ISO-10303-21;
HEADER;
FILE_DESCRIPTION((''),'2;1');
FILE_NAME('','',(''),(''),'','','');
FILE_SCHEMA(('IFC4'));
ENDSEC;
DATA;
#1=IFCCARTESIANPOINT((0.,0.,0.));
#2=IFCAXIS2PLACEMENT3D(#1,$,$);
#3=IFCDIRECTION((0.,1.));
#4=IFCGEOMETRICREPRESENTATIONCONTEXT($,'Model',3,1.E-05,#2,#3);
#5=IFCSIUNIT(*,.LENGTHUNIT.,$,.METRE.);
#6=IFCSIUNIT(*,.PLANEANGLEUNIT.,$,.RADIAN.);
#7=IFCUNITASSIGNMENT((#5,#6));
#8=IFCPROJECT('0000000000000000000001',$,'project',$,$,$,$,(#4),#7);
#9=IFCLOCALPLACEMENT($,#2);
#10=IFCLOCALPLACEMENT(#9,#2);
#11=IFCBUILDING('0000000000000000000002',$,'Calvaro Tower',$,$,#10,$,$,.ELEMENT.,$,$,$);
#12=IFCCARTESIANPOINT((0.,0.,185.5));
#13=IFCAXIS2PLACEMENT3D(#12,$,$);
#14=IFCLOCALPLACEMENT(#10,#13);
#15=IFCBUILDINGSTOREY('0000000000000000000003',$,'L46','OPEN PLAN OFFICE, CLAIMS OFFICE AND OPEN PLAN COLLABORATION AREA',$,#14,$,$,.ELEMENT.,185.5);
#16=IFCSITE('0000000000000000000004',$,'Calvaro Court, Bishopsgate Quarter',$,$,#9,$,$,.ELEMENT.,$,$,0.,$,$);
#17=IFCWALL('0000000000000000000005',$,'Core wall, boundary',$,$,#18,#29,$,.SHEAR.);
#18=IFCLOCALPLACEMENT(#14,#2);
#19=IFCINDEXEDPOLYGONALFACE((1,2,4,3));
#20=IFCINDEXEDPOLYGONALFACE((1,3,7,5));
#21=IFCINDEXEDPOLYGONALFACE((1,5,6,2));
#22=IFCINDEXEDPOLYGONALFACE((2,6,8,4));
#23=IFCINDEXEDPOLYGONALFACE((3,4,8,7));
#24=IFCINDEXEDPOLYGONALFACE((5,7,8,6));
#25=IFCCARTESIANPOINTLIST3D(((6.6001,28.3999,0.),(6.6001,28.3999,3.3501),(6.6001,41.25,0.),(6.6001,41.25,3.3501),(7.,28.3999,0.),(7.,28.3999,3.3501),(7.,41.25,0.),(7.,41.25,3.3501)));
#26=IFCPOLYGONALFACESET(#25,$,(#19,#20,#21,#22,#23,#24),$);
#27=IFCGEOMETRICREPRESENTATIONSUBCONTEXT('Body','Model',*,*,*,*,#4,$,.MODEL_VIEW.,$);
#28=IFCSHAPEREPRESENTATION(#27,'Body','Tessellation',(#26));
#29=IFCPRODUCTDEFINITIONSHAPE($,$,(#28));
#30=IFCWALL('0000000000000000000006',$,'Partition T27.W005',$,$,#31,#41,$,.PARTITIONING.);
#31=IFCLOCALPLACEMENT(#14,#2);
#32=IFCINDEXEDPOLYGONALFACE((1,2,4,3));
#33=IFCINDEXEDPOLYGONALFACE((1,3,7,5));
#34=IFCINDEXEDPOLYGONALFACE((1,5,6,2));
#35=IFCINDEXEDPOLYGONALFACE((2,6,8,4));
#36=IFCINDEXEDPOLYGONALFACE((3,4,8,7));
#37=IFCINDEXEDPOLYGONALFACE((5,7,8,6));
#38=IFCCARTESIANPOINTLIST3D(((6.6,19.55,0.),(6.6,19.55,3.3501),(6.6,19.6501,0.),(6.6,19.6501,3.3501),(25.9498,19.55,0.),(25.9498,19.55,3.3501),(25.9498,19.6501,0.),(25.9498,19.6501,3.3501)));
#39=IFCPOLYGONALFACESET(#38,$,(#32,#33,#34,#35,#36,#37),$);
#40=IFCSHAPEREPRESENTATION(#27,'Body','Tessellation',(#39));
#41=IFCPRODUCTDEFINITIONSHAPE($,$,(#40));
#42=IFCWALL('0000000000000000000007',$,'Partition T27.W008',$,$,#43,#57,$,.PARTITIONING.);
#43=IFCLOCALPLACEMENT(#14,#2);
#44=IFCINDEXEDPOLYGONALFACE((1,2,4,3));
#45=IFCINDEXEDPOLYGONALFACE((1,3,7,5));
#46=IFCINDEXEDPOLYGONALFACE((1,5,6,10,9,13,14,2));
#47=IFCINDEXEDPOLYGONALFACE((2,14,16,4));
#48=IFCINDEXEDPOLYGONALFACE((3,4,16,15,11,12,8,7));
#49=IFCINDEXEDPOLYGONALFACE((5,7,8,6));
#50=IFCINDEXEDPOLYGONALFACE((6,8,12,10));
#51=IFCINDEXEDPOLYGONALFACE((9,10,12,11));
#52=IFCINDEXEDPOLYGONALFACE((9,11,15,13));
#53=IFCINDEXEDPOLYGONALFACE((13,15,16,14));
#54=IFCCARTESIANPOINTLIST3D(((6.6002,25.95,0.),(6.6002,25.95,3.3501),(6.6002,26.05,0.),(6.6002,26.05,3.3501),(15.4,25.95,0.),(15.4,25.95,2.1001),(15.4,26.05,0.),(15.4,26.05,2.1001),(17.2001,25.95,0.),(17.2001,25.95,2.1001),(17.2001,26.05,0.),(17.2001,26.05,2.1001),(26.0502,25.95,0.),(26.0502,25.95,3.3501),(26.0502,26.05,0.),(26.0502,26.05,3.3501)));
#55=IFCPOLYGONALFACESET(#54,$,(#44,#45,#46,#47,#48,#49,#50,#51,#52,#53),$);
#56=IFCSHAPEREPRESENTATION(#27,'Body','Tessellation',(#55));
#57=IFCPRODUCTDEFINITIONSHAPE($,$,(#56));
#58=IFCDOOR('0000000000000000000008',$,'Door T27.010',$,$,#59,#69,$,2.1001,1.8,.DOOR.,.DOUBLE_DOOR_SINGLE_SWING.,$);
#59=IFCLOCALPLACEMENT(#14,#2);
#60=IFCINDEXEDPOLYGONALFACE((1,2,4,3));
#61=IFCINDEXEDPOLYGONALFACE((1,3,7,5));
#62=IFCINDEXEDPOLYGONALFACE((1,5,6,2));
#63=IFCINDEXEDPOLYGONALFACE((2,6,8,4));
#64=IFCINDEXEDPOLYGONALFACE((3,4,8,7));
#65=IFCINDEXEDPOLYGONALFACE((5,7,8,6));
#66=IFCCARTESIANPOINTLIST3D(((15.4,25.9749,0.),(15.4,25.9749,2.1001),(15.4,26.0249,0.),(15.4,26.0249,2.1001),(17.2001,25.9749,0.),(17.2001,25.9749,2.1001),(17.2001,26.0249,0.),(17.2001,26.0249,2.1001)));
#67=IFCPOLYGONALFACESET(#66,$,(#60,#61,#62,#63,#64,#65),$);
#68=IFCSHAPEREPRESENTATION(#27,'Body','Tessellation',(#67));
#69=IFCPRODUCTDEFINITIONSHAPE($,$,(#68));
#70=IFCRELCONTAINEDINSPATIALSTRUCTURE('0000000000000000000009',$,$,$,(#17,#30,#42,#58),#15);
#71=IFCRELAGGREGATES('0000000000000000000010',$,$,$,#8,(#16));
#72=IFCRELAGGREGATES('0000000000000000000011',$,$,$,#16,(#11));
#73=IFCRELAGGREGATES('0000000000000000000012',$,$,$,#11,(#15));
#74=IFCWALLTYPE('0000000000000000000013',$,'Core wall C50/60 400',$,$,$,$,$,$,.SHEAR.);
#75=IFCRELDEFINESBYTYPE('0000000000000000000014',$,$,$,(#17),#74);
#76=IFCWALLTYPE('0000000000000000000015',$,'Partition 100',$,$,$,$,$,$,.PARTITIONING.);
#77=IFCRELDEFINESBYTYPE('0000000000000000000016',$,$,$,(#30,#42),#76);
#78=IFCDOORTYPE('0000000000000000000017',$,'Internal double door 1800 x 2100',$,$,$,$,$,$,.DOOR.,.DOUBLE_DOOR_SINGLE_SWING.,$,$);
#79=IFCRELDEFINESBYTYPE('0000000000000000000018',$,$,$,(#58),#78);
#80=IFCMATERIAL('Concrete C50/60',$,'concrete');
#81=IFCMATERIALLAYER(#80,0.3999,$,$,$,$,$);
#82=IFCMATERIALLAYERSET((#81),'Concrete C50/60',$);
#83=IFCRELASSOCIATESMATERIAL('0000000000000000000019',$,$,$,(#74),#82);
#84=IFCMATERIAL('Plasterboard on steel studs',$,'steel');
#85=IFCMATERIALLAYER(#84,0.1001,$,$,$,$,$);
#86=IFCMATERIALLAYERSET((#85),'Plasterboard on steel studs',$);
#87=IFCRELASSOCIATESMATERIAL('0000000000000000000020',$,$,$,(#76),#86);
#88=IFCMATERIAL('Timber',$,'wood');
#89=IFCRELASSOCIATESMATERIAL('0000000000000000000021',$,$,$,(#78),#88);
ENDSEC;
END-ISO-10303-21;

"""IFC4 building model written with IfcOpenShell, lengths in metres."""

from ifc_helpers import new_model, si_unit, direction, frame, frame_2d, origin, place, context, subcontext, project, spatial, rectangle, extrude, material, layer, layer_set, type_object, element, fill, save


model = new_model("IFC4")

# Units and contexts
model_context = context("Model", 3, precision=1e-05, world=origin(), true_north=direction((0.0, 1.0)))
body_context = subcontext(model_context, "Body", "Model", "MODEL_VIEW")
ifc_project = project(units=[si_unit("LENGTHUNIT", "METRE"), si_unit("PLANEANGLEUNIT", "RADIAN")], contexts=[model_context])

# Site, building, storey
site_placement = place(None, origin())
site = spatial("IfcSite", under=ifc_project, at=site_placement, Name="Calvaro Court, Bishopsgate Quarter", CompositionType="ELEMENT", RefElevation=0.0)
building_placement = place(site_placement, origin())
building = spatial("IfcBuilding", under=site, at=building_placement, Name="Calvaro Tower", CompositionType="ELEMENT")
storey_placement = place(building_placement, frame((0.0, 0.0, 185.5)))
storey = spatial("IfcBuildingStorey", under=building, at=storey_placement, Name="L46", Description="OPEN PLAN OFFICE, CLAIMS OFFICE AND OPEN PLAN COLLABORATION AREA", CompositionType="ELEMENT", Elevation=185.5)

# Shared definitions
ifc_material_1 = material(Name="Concrete C50/60", Category="concrete")
ifc_layer_1 = layer(ifc_material_1, 0.3999)
ifc_layer_set_1 = layer_set([ifc_layer_1], Name="Concrete C50/60")
wall_type_1 = type_object("IfcWallType", Name="Core wall C50/60 400", PredefinedType="SHEAR", material=ifc_layer_set_1)

# Walls
wall_1_placement = place(storey_placement, frame((6.8, 28.3999, 0.0), z_axis=(0.0, 0.0, 1.0), x_axis=(0.0, 1.0, 0.0)))
element("IfcWall", 1, at=wall_1_placement, inside=storey, type_object=wall_type_1, Name="Core wall, boundary", PredefinedType="SHEAR", context=body_context, shape_type="SweptSolid", body=[
    extrude(rectangle(XDim=12.8501, YDim=0.3999, at=frame_2d((6.425, 0.0))), origin(), (0.0, 0.0, 1.0), 3.3501),
])
ifc_material_2 = material(Name="Plasterboard on steel studs", Category="steel")
ifc_layer_2 = layer(ifc_material_2, 0.1001)
ifc_layer_set_2 = layer_set([ifc_layer_2], Name="Plasterboard on steel studs")
wall_type_2 = type_object("IfcWallType", Name="Partition 100", PredefinedType="PARTITIONING", material=ifc_layer_set_2)
wall_2_placement = place(storey_placement, frame((6.6001, 19.6001, 0.0), z_axis=(0.0, 0.0, 1.0), x_axis=(1.0, 0.0, 0.0)))
element("IfcWall", 2, at=wall_2_placement, inside=storey, type_object=wall_type_2, Name="Partition T27.W005", PredefinedType="PARTITIONING", context=body_context, shape_type="SweptSolid", body=[
    extrude(rectangle(XDim=19.3499, YDim=0.1001, at=frame_2d((9.6748, 0.0))), origin(), (0.0, 0.0, 1.0), 3.3501),
])

# Wall, opening, door
wall_3_placement = place(storey_placement, frame((6.6001, 26.0, 0.0), z_axis=(0.0, 0.0, 1.0), x_axis=(1.0, 0.0, 0.0)))
wall_3 = element("IfcWall", 3, at=wall_3_placement, inside=storey, type_object=wall_type_2, Name="Partition T27.W008", PredefinedType="PARTITIONING", context=body_context, shape_type="SweptSolid", body=[
    extrude(rectangle(XDim=19.45, YDim=0.1001, at=frame_2d((9.7251, 0.0))), origin(), (0.0, 0.0, 1.0), 3.3501),
])
opening_1_placement = place(wall_3_placement, frame((8.8, 0.0, 0.0)))
opening_1 = element("IfcOpeningElement", 4, at=opening_1_placement, cuts=wall_3, PredefinedType="OPENING", context=body_context, shape_type="SweptSolid", body=[
    extrude(rectangle(XDim=1.8, YDim=2.1001, at=frame_2d((0.8999, 1.05))), frame((0.0, 0.0601, 0.0), z_axis=(0.0, -1.0, 0.0), x_axis=(1.0, 0.0, 0.0)), (0.0, 0.0, 1.0), 0.1201),
])
ifc_material_3 = material(Name="Timber", Category="wood")
door_type_1 = type_object("IfcDoorType", Name="Internal double door 1800 x 2100", OperationType="DOUBLE_DOOR_SINGLE_SWING", PredefinedType="DOOR", material=ifc_material_3)
door_1_placement = place(opening_1_placement, origin())
door_1 = element("IfcDoor", 5, at=door_1_placement, inside=storey, type_object=door_type_1, Name="Door T27.010", OperationType="DOUBLE_DOOR_SINGLE_SWING", OverallHeight=2.1001, OverallWidth=1.8, PredefinedType="DOOR", context=body_context, shape_type="SweptSolid", body=[
    extrude(rectangle(XDim=1.8, YDim=2.1001, at=frame_2d((0.8999, 1.05))), frame((0.0, 0.0249, 0.0), z_axis=(0.0, -1.0, 0.0), x_axis=(1.0, 0.0, 0.0)), (0.0, 0.0, 1.0), 0.05),
])
fill(opening_1, door_1)

save(model, "model.ifc")
